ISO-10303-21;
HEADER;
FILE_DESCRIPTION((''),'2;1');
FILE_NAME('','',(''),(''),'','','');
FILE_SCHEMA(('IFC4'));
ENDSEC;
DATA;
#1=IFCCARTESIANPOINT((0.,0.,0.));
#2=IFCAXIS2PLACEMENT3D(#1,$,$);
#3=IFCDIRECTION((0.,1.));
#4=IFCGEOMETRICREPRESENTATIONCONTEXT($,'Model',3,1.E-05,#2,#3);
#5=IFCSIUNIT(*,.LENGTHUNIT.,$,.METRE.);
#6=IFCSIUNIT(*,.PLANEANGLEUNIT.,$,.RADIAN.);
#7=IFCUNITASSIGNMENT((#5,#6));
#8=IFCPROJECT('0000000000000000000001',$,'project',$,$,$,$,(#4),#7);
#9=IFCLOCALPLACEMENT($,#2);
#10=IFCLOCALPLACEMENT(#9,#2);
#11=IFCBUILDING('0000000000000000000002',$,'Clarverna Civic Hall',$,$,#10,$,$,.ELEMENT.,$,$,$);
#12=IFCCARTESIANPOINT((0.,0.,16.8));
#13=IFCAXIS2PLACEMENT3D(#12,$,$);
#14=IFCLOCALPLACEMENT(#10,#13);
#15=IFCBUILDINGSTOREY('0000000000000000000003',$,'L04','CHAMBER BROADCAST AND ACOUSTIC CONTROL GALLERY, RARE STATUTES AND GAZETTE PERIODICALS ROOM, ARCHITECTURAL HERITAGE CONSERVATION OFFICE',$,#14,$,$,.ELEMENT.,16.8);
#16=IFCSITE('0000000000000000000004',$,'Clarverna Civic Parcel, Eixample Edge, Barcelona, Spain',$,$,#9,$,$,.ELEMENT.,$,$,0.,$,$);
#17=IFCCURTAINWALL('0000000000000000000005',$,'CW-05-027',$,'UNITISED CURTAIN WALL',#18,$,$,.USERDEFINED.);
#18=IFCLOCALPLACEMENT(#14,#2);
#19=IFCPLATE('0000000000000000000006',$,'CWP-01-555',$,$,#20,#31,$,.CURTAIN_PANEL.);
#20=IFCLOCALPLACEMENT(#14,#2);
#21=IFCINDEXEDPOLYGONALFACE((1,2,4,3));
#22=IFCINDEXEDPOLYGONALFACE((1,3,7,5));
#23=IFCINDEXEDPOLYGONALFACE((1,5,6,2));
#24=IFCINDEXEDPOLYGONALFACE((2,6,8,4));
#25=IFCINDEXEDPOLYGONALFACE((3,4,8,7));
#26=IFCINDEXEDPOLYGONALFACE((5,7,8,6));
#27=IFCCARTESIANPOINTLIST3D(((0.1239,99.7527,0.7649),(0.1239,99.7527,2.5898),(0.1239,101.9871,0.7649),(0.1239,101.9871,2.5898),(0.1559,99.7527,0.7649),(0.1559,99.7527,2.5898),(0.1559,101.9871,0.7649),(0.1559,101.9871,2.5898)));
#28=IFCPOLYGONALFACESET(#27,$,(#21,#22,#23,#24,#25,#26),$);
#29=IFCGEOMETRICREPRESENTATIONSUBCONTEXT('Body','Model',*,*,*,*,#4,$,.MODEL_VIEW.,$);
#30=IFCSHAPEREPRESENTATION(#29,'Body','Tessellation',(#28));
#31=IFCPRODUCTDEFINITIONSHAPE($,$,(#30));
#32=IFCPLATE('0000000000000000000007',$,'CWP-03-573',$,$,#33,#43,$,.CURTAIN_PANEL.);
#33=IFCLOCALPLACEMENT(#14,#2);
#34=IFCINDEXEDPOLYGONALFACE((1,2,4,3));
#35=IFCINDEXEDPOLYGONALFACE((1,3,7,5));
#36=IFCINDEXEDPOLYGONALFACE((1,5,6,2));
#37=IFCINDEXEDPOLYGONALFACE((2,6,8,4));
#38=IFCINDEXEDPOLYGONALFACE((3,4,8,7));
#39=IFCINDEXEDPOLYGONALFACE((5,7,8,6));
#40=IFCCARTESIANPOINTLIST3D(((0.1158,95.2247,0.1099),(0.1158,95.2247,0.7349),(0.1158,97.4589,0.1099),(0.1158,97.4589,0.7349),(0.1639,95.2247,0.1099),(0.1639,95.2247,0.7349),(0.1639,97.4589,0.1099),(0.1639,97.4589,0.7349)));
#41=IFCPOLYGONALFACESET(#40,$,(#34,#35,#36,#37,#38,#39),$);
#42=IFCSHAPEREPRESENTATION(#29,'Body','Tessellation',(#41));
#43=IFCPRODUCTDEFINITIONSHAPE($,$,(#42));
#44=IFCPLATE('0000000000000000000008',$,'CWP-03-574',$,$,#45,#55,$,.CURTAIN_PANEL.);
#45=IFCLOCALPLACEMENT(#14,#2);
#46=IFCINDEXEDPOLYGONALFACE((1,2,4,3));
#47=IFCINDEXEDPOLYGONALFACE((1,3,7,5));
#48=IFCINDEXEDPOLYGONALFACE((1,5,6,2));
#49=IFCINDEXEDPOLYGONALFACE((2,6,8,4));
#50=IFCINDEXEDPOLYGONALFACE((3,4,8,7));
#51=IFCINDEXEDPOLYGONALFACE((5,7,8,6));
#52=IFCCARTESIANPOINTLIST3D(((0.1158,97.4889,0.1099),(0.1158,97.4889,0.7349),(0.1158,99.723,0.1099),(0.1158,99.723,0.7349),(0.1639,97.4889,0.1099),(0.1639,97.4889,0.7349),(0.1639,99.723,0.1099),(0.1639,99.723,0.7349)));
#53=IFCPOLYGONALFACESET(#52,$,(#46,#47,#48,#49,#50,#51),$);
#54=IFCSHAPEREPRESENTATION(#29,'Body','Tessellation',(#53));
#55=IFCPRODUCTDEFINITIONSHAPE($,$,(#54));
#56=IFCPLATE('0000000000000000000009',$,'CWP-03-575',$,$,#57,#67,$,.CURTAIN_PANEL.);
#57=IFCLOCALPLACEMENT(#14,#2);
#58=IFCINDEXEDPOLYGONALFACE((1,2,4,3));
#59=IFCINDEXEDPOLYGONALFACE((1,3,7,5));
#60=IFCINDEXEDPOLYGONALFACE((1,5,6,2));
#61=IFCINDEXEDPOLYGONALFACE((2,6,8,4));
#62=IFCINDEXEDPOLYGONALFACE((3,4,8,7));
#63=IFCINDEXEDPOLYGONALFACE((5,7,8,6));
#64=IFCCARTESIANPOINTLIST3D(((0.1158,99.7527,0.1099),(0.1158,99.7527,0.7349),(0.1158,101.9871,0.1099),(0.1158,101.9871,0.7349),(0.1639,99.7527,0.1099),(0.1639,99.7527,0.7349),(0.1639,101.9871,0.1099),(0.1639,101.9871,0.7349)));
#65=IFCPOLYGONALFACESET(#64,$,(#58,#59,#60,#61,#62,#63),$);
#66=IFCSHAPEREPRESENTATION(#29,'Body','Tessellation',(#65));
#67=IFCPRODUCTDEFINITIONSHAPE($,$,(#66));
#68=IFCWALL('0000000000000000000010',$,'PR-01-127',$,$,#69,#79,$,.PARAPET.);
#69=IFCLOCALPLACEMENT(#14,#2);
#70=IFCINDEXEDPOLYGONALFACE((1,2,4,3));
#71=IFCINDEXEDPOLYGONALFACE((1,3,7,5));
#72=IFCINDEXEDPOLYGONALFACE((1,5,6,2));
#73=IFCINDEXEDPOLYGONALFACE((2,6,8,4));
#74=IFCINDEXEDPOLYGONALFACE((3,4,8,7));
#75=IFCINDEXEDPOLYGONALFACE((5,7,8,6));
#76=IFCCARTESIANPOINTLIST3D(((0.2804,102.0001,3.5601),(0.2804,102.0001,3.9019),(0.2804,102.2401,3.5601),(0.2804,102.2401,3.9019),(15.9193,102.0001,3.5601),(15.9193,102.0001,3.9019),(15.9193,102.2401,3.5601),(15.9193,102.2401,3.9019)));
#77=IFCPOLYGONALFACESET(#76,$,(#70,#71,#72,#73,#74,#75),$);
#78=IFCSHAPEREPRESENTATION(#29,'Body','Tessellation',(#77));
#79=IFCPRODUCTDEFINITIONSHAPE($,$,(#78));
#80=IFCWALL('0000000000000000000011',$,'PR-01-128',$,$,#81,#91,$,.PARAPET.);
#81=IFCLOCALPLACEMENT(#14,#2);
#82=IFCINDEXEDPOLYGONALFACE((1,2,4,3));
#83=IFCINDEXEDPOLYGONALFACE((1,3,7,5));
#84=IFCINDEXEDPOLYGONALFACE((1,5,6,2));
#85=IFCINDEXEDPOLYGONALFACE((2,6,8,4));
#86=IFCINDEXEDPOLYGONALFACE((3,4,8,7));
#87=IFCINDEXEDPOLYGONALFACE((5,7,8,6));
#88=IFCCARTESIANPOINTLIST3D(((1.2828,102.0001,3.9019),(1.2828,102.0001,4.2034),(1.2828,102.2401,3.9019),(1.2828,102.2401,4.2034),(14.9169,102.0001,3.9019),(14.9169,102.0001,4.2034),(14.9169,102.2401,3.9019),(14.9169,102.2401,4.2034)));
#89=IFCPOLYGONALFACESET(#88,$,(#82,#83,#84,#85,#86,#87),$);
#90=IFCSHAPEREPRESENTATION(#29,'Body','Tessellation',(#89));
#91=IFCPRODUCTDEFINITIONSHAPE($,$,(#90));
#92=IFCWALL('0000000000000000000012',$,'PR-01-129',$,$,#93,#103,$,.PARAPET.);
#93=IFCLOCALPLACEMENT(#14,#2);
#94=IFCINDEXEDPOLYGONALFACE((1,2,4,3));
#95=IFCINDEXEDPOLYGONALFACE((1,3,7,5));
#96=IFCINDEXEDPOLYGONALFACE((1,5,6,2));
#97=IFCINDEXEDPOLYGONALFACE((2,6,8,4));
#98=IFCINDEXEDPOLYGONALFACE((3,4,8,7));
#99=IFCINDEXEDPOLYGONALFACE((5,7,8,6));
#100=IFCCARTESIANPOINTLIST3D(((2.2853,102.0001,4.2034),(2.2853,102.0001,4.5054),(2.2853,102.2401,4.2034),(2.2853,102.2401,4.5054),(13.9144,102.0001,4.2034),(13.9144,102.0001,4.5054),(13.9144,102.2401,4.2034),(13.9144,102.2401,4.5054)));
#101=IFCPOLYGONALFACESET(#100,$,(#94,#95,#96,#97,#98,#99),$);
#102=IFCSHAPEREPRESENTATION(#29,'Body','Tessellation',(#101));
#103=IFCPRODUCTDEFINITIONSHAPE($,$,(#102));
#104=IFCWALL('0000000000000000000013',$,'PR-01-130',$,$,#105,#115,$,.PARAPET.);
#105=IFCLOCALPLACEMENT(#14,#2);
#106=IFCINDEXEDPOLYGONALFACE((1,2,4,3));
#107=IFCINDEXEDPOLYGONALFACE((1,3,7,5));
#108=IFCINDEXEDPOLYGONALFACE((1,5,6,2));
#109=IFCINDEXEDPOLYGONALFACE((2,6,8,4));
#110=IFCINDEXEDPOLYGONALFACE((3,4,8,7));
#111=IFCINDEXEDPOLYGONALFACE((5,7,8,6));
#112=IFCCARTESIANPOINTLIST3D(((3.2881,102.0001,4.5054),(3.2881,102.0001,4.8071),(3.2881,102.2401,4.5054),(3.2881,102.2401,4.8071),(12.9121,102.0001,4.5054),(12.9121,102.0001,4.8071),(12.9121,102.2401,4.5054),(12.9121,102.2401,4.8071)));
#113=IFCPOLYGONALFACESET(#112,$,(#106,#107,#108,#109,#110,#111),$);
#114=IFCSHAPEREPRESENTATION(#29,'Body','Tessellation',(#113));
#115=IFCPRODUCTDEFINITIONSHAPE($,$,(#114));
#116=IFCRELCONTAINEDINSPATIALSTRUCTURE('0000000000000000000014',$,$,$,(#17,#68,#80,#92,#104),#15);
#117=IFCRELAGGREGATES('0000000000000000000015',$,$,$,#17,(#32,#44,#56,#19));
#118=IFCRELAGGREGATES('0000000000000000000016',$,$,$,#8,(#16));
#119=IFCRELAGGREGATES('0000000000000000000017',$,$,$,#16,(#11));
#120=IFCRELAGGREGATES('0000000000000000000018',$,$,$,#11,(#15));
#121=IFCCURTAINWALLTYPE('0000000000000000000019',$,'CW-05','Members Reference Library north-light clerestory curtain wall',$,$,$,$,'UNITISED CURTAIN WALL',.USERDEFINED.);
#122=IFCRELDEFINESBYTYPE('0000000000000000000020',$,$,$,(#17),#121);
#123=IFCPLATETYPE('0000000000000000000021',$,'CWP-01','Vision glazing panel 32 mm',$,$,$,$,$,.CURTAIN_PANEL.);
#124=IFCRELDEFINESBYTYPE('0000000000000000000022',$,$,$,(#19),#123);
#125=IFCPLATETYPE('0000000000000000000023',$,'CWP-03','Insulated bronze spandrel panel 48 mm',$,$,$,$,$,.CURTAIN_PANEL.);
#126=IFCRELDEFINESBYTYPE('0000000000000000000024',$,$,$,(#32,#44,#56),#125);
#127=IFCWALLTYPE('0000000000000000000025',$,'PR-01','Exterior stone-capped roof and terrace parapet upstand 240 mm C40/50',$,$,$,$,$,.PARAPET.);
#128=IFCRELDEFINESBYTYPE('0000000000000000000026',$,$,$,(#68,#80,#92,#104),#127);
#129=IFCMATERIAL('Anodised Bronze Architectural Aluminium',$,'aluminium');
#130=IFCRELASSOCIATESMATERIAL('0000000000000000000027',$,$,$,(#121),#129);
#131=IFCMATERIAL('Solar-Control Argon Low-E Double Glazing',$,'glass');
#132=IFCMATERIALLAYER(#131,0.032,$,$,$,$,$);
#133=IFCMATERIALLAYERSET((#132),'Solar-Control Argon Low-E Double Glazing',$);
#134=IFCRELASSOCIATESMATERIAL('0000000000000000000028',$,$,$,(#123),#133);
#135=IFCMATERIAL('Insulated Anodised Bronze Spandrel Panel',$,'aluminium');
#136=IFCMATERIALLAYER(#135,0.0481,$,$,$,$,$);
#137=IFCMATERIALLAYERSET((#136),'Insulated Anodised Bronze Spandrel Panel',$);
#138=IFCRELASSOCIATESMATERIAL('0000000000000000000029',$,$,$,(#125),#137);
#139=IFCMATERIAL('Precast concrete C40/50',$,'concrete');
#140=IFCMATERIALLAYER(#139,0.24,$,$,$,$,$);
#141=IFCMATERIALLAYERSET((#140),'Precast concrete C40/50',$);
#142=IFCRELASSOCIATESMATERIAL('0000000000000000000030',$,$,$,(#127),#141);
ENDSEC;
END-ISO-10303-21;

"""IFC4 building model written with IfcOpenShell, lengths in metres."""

from ifc_helpers import new_model, si_unit, direction, frame, frame_2d, origin, place, context, subcontext, project, spatial, rectangle, extrude, material, layer, layer_set, type_object, element, aggregate, save


model = new_model("IFC4")

# Units and contexts
model_context = context("Model", 3, precision=1e-05, world=origin(), true_north=direction((0.0, 1.0)))
body_context = subcontext(model_context, "Body", "Model", "MODEL_VIEW")
ifc_project = project(units=[si_unit("LENGTHUNIT", "METRE"), si_unit("PLANEANGLEUNIT", "RADIAN")], contexts=[model_context])

# Site, building, storey
site_placement = place(None, origin())
site = spatial("IfcSite", under=ifc_project, at=site_placement, Name="Clarverna Civic Parcel, Eixample Edge, Barcelona, Spain", CompositionType="ELEMENT", RefElevation=0.0)
building_placement = place(site_placement, origin())
building = spatial("IfcBuilding", under=site, at=building_placement, Name="Clarverna Civic Hall", CompositionType="ELEMENT")
storey_placement = place(building_placement, frame((0.0, 0.0, 16.8)))
storey = spatial("IfcBuildingStorey", under=building, at=storey_placement, Name="L04", Description="CHAMBER BROADCAST AND ACOUSTIC CONTROL GALLERY, RARE STATUTES AND GAZETTE PERIODICALS ROOM, ARCHITECTURAL HERITAGE CONSERVATION OFFICE", CompositionType="ELEMENT", Elevation=16.8)

# Curtain wall, plates
ifc_material_1 = material(Name="Anodised Bronze Architectural Aluminium", Category="aluminium")
curtain_wall_type = type_object("IfcCurtainWallType", Name="CW-05", Description="Members Reference Library north-light clerestory curtain wall", ElementType="UNITISED CURTAIN WALL", PredefinedType="USERDEFINED", material=ifc_material_1)
curtain_wall_placement = place(storey_placement, origin())
curtain_wall = element("IfcCurtainWall", 1, at=curtain_wall_placement, inside=storey, type_object=curtain_wall_type, Name="CW-05-027", ObjectType="UNITISED CURTAIN WALL", PredefinedType="USERDEFINED")
ifc_material_2 = material(Name="Solar-Control Argon Low-E Double Glazing", Category="glass")
ifc_layer_1 = layer(ifc_material_2, 0.032)
ifc_layer_set_1 = layer_set([ifc_layer_1], Name="Solar-Control Argon Low-E Double Glazing")
plate_type_1 = type_object("IfcPlateType", Name="CWP-01", Description="Vision glazing panel 32 mm", PredefinedType="CURTAIN_PANEL", material=ifc_layer_set_1)
plate_1_placement = place(storey_placement, frame((0.1399, 99.7527, 0.7649), z_axis=(0.0, 0.0, 1.0), x_axis=(0.0, 1.0, 0.0)))
plate_1 = element("IfcPlate", 2, at=plate_1_placement, type_object=plate_type_1, Name="CWP-01-555", PredefinedType="CURTAIN_PANEL", context=body_context, shape_type="SweptSolid", body=[
    extrude(rectangle(XDim=2.2344, YDim=0.032, at=frame_2d((1.1172, 0.0))), origin(), (0.0, 0.0, 1.0), 1.825),
])
ifc_material_3 = material(Name="Insulated Anodised Bronze Spandrel Panel", Category="aluminium")
ifc_layer_2 = layer(ifc_material_3, 0.0481)
ifc_layer_set_2 = layer_set([ifc_layer_2], Name="Insulated Anodised Bronze Spandrel Panel")
plate_type_2 = type_object("IfcPlateType", Name="CWP-03", Description="Insulated bronze spandrel panel 48 mm", PredefinedType="CURTAIN_PANEL", material=ifc_layer_set_2)
plate_2_placement = place(storey_placement, frame((0.1399, 95.2246, 0.1099), z_axis=(0.0, 0.0, 1.0), x_axis=(0.0, 1.0, 0.0)))
plate_2 = element("IfcPlate", 3, at=plate_2_placement, type_object=plate_type_2, Name="CWP-03-573", PredefinedType="CURTAIN_PANEL", context=body_context, shape_type="SweptSolid", body=[
    extrude(rectangle(XDim=2.2341, YDim=0.0481, at=frame_2d((1.1172, 0.0))), origin(), (0.0, 0.0, 1.0), 0.625),
])
plate_3_placement = place(storey_placement, frame((0.1399, 97.4888, 0.1099), z_axis=(0.0, 0.0, 1.0), x_axis=(0.0, 1.0, 0.0)))
plate_3 = element("IfcPlate", 4, at=plate_3_placement, type_object=plate_type_2, Name="CWP-03-574", PredefinedType="CURTAIN_PANEL", context=body_context, shape_type="SweptSolid", body=[
    extrude(rectangle(XDim=2.2341, YDim=0.0481, at=frame_2d((1.1172, 0.0))), origin(), (0.0, 0.0, 1.0), 0.625),
])
plate_4_placement = place(storey_placement, frame((0.1399, 99.7527, 0.1099), z_axis=(0.0, 0.0, 1.0), x_axis=(0.0, 1.0, 0.0)))
plate_4 = element("IfcPlate", 5, at=plate_4_placement, type_object=plate_type_2, Name="CWP-03-575", PredefinedType="CURTAIN_PANEL", context=body_context, shape_type="SweptSolid", body=[
    extrude(rectangle(XDim=2.2344, YDim=0.0481, at=frame_2d((1.1172, 0.0))), origin(), (0.0, 0.0, 1.0), 0.625),
])
aggregate(curtain_wall, [plate_2, plate_3, plate_4, plate_1])

# Walls
ifc_material_4 = material(Name="Precast concrete C40/50", Category="concrete")
ifc_layer_3 = layer(ifc_material_4, 0.24)
ifc_layer_set_3 = layer_set([ifc_layer_3], Name="Precast concrete C40/50")
wall_type = type_object("IfcWallType", Name="PR-01", Description="Exterior stone-capped roof and terrace parapet upstand 240 mm C40/50", PredefinedType="PARAPET", material=ifc_layer_set_3)
wall_1_placement = place(storey_placement, frame((0.2805, 102.1201, 3.5601), z_axis=(0.0, 0.0, 1.0), x_axis=(1.0, 0.0, 0.0)))
element("IfcWall", 6, at=wall_1_placement, inside=storey, type_object=wall_type, Name="PR-01-127", PredefinedType="PARAPET", context=body_context, shape_type="SweptSolid", body=[
    extrude(rectangle(XDim=15.6389, YDim=0.24, at=frame_2d((7.8193, 0.0))), origin(), (0.0, 0.0, 1.0), 0.3418),
])
wall_2_placement = place(storey_placement, frame((1.283, 102.1201, 3.9019), z_axis=(0.0, 0.0, 1.0), x_axis=(1.0, 0.0, 0.0)))
element("IfcWall", 7, at=wall_2_placement, inside=storey, type_object=wall_type, Name="PR-01-128", PredefinedType="PARAPET", context=body_context, shape_type="SweptSolid", body=[
    extrude(rectangle(XDim=13.634, YDim=0.24, at=frame_2d((6.8169, 0.0))), origin(), (0.0, 0.0, 1.0), 0.3015),
])
wall_3_placement = place(storey_placement, frame((2.2854, 102.1201, 4.2034), z_axis=(0.0, 0.0, 1.0), x_axis=(1.0, 0.0, 0.0)))
element("IfcWall", 8, at=wall_3_placement, inside=storey, type_object=wall_type, Name="PR-01-129", PredefinedType="PARAPET", context=body_context, shape_type="SweptSolid", body=[
    extrude(rectangle(XDim=11.6292, YDim=0.24, at=frame_2d((5.8145, 0.0))), origin(), (0.0, 0.0, 1.0), 0.302),
])
wall_4_placement = place(storey_placement, frame((3.2881, 102.1201, 4.5054), z_axis=(0.0, 0.0, 1.0), x_axis=(1.0, 0.0, 0.0)))
element("IfcWall", 9, at=wall_4_placement, inside=storey, type_object=wall_type, Name="PR-01-130", PredefinedType="PARAPET", context=body_context, shape_type="SweptSolid", body=[
    extrude(rectangle(XDim=9.624, YDim=0.24, at=frame_2d((4.812, 0.0))), origin(), (0.0, 0.0, 1.0), 0.3018),
])

save(model, "model.ifc")
